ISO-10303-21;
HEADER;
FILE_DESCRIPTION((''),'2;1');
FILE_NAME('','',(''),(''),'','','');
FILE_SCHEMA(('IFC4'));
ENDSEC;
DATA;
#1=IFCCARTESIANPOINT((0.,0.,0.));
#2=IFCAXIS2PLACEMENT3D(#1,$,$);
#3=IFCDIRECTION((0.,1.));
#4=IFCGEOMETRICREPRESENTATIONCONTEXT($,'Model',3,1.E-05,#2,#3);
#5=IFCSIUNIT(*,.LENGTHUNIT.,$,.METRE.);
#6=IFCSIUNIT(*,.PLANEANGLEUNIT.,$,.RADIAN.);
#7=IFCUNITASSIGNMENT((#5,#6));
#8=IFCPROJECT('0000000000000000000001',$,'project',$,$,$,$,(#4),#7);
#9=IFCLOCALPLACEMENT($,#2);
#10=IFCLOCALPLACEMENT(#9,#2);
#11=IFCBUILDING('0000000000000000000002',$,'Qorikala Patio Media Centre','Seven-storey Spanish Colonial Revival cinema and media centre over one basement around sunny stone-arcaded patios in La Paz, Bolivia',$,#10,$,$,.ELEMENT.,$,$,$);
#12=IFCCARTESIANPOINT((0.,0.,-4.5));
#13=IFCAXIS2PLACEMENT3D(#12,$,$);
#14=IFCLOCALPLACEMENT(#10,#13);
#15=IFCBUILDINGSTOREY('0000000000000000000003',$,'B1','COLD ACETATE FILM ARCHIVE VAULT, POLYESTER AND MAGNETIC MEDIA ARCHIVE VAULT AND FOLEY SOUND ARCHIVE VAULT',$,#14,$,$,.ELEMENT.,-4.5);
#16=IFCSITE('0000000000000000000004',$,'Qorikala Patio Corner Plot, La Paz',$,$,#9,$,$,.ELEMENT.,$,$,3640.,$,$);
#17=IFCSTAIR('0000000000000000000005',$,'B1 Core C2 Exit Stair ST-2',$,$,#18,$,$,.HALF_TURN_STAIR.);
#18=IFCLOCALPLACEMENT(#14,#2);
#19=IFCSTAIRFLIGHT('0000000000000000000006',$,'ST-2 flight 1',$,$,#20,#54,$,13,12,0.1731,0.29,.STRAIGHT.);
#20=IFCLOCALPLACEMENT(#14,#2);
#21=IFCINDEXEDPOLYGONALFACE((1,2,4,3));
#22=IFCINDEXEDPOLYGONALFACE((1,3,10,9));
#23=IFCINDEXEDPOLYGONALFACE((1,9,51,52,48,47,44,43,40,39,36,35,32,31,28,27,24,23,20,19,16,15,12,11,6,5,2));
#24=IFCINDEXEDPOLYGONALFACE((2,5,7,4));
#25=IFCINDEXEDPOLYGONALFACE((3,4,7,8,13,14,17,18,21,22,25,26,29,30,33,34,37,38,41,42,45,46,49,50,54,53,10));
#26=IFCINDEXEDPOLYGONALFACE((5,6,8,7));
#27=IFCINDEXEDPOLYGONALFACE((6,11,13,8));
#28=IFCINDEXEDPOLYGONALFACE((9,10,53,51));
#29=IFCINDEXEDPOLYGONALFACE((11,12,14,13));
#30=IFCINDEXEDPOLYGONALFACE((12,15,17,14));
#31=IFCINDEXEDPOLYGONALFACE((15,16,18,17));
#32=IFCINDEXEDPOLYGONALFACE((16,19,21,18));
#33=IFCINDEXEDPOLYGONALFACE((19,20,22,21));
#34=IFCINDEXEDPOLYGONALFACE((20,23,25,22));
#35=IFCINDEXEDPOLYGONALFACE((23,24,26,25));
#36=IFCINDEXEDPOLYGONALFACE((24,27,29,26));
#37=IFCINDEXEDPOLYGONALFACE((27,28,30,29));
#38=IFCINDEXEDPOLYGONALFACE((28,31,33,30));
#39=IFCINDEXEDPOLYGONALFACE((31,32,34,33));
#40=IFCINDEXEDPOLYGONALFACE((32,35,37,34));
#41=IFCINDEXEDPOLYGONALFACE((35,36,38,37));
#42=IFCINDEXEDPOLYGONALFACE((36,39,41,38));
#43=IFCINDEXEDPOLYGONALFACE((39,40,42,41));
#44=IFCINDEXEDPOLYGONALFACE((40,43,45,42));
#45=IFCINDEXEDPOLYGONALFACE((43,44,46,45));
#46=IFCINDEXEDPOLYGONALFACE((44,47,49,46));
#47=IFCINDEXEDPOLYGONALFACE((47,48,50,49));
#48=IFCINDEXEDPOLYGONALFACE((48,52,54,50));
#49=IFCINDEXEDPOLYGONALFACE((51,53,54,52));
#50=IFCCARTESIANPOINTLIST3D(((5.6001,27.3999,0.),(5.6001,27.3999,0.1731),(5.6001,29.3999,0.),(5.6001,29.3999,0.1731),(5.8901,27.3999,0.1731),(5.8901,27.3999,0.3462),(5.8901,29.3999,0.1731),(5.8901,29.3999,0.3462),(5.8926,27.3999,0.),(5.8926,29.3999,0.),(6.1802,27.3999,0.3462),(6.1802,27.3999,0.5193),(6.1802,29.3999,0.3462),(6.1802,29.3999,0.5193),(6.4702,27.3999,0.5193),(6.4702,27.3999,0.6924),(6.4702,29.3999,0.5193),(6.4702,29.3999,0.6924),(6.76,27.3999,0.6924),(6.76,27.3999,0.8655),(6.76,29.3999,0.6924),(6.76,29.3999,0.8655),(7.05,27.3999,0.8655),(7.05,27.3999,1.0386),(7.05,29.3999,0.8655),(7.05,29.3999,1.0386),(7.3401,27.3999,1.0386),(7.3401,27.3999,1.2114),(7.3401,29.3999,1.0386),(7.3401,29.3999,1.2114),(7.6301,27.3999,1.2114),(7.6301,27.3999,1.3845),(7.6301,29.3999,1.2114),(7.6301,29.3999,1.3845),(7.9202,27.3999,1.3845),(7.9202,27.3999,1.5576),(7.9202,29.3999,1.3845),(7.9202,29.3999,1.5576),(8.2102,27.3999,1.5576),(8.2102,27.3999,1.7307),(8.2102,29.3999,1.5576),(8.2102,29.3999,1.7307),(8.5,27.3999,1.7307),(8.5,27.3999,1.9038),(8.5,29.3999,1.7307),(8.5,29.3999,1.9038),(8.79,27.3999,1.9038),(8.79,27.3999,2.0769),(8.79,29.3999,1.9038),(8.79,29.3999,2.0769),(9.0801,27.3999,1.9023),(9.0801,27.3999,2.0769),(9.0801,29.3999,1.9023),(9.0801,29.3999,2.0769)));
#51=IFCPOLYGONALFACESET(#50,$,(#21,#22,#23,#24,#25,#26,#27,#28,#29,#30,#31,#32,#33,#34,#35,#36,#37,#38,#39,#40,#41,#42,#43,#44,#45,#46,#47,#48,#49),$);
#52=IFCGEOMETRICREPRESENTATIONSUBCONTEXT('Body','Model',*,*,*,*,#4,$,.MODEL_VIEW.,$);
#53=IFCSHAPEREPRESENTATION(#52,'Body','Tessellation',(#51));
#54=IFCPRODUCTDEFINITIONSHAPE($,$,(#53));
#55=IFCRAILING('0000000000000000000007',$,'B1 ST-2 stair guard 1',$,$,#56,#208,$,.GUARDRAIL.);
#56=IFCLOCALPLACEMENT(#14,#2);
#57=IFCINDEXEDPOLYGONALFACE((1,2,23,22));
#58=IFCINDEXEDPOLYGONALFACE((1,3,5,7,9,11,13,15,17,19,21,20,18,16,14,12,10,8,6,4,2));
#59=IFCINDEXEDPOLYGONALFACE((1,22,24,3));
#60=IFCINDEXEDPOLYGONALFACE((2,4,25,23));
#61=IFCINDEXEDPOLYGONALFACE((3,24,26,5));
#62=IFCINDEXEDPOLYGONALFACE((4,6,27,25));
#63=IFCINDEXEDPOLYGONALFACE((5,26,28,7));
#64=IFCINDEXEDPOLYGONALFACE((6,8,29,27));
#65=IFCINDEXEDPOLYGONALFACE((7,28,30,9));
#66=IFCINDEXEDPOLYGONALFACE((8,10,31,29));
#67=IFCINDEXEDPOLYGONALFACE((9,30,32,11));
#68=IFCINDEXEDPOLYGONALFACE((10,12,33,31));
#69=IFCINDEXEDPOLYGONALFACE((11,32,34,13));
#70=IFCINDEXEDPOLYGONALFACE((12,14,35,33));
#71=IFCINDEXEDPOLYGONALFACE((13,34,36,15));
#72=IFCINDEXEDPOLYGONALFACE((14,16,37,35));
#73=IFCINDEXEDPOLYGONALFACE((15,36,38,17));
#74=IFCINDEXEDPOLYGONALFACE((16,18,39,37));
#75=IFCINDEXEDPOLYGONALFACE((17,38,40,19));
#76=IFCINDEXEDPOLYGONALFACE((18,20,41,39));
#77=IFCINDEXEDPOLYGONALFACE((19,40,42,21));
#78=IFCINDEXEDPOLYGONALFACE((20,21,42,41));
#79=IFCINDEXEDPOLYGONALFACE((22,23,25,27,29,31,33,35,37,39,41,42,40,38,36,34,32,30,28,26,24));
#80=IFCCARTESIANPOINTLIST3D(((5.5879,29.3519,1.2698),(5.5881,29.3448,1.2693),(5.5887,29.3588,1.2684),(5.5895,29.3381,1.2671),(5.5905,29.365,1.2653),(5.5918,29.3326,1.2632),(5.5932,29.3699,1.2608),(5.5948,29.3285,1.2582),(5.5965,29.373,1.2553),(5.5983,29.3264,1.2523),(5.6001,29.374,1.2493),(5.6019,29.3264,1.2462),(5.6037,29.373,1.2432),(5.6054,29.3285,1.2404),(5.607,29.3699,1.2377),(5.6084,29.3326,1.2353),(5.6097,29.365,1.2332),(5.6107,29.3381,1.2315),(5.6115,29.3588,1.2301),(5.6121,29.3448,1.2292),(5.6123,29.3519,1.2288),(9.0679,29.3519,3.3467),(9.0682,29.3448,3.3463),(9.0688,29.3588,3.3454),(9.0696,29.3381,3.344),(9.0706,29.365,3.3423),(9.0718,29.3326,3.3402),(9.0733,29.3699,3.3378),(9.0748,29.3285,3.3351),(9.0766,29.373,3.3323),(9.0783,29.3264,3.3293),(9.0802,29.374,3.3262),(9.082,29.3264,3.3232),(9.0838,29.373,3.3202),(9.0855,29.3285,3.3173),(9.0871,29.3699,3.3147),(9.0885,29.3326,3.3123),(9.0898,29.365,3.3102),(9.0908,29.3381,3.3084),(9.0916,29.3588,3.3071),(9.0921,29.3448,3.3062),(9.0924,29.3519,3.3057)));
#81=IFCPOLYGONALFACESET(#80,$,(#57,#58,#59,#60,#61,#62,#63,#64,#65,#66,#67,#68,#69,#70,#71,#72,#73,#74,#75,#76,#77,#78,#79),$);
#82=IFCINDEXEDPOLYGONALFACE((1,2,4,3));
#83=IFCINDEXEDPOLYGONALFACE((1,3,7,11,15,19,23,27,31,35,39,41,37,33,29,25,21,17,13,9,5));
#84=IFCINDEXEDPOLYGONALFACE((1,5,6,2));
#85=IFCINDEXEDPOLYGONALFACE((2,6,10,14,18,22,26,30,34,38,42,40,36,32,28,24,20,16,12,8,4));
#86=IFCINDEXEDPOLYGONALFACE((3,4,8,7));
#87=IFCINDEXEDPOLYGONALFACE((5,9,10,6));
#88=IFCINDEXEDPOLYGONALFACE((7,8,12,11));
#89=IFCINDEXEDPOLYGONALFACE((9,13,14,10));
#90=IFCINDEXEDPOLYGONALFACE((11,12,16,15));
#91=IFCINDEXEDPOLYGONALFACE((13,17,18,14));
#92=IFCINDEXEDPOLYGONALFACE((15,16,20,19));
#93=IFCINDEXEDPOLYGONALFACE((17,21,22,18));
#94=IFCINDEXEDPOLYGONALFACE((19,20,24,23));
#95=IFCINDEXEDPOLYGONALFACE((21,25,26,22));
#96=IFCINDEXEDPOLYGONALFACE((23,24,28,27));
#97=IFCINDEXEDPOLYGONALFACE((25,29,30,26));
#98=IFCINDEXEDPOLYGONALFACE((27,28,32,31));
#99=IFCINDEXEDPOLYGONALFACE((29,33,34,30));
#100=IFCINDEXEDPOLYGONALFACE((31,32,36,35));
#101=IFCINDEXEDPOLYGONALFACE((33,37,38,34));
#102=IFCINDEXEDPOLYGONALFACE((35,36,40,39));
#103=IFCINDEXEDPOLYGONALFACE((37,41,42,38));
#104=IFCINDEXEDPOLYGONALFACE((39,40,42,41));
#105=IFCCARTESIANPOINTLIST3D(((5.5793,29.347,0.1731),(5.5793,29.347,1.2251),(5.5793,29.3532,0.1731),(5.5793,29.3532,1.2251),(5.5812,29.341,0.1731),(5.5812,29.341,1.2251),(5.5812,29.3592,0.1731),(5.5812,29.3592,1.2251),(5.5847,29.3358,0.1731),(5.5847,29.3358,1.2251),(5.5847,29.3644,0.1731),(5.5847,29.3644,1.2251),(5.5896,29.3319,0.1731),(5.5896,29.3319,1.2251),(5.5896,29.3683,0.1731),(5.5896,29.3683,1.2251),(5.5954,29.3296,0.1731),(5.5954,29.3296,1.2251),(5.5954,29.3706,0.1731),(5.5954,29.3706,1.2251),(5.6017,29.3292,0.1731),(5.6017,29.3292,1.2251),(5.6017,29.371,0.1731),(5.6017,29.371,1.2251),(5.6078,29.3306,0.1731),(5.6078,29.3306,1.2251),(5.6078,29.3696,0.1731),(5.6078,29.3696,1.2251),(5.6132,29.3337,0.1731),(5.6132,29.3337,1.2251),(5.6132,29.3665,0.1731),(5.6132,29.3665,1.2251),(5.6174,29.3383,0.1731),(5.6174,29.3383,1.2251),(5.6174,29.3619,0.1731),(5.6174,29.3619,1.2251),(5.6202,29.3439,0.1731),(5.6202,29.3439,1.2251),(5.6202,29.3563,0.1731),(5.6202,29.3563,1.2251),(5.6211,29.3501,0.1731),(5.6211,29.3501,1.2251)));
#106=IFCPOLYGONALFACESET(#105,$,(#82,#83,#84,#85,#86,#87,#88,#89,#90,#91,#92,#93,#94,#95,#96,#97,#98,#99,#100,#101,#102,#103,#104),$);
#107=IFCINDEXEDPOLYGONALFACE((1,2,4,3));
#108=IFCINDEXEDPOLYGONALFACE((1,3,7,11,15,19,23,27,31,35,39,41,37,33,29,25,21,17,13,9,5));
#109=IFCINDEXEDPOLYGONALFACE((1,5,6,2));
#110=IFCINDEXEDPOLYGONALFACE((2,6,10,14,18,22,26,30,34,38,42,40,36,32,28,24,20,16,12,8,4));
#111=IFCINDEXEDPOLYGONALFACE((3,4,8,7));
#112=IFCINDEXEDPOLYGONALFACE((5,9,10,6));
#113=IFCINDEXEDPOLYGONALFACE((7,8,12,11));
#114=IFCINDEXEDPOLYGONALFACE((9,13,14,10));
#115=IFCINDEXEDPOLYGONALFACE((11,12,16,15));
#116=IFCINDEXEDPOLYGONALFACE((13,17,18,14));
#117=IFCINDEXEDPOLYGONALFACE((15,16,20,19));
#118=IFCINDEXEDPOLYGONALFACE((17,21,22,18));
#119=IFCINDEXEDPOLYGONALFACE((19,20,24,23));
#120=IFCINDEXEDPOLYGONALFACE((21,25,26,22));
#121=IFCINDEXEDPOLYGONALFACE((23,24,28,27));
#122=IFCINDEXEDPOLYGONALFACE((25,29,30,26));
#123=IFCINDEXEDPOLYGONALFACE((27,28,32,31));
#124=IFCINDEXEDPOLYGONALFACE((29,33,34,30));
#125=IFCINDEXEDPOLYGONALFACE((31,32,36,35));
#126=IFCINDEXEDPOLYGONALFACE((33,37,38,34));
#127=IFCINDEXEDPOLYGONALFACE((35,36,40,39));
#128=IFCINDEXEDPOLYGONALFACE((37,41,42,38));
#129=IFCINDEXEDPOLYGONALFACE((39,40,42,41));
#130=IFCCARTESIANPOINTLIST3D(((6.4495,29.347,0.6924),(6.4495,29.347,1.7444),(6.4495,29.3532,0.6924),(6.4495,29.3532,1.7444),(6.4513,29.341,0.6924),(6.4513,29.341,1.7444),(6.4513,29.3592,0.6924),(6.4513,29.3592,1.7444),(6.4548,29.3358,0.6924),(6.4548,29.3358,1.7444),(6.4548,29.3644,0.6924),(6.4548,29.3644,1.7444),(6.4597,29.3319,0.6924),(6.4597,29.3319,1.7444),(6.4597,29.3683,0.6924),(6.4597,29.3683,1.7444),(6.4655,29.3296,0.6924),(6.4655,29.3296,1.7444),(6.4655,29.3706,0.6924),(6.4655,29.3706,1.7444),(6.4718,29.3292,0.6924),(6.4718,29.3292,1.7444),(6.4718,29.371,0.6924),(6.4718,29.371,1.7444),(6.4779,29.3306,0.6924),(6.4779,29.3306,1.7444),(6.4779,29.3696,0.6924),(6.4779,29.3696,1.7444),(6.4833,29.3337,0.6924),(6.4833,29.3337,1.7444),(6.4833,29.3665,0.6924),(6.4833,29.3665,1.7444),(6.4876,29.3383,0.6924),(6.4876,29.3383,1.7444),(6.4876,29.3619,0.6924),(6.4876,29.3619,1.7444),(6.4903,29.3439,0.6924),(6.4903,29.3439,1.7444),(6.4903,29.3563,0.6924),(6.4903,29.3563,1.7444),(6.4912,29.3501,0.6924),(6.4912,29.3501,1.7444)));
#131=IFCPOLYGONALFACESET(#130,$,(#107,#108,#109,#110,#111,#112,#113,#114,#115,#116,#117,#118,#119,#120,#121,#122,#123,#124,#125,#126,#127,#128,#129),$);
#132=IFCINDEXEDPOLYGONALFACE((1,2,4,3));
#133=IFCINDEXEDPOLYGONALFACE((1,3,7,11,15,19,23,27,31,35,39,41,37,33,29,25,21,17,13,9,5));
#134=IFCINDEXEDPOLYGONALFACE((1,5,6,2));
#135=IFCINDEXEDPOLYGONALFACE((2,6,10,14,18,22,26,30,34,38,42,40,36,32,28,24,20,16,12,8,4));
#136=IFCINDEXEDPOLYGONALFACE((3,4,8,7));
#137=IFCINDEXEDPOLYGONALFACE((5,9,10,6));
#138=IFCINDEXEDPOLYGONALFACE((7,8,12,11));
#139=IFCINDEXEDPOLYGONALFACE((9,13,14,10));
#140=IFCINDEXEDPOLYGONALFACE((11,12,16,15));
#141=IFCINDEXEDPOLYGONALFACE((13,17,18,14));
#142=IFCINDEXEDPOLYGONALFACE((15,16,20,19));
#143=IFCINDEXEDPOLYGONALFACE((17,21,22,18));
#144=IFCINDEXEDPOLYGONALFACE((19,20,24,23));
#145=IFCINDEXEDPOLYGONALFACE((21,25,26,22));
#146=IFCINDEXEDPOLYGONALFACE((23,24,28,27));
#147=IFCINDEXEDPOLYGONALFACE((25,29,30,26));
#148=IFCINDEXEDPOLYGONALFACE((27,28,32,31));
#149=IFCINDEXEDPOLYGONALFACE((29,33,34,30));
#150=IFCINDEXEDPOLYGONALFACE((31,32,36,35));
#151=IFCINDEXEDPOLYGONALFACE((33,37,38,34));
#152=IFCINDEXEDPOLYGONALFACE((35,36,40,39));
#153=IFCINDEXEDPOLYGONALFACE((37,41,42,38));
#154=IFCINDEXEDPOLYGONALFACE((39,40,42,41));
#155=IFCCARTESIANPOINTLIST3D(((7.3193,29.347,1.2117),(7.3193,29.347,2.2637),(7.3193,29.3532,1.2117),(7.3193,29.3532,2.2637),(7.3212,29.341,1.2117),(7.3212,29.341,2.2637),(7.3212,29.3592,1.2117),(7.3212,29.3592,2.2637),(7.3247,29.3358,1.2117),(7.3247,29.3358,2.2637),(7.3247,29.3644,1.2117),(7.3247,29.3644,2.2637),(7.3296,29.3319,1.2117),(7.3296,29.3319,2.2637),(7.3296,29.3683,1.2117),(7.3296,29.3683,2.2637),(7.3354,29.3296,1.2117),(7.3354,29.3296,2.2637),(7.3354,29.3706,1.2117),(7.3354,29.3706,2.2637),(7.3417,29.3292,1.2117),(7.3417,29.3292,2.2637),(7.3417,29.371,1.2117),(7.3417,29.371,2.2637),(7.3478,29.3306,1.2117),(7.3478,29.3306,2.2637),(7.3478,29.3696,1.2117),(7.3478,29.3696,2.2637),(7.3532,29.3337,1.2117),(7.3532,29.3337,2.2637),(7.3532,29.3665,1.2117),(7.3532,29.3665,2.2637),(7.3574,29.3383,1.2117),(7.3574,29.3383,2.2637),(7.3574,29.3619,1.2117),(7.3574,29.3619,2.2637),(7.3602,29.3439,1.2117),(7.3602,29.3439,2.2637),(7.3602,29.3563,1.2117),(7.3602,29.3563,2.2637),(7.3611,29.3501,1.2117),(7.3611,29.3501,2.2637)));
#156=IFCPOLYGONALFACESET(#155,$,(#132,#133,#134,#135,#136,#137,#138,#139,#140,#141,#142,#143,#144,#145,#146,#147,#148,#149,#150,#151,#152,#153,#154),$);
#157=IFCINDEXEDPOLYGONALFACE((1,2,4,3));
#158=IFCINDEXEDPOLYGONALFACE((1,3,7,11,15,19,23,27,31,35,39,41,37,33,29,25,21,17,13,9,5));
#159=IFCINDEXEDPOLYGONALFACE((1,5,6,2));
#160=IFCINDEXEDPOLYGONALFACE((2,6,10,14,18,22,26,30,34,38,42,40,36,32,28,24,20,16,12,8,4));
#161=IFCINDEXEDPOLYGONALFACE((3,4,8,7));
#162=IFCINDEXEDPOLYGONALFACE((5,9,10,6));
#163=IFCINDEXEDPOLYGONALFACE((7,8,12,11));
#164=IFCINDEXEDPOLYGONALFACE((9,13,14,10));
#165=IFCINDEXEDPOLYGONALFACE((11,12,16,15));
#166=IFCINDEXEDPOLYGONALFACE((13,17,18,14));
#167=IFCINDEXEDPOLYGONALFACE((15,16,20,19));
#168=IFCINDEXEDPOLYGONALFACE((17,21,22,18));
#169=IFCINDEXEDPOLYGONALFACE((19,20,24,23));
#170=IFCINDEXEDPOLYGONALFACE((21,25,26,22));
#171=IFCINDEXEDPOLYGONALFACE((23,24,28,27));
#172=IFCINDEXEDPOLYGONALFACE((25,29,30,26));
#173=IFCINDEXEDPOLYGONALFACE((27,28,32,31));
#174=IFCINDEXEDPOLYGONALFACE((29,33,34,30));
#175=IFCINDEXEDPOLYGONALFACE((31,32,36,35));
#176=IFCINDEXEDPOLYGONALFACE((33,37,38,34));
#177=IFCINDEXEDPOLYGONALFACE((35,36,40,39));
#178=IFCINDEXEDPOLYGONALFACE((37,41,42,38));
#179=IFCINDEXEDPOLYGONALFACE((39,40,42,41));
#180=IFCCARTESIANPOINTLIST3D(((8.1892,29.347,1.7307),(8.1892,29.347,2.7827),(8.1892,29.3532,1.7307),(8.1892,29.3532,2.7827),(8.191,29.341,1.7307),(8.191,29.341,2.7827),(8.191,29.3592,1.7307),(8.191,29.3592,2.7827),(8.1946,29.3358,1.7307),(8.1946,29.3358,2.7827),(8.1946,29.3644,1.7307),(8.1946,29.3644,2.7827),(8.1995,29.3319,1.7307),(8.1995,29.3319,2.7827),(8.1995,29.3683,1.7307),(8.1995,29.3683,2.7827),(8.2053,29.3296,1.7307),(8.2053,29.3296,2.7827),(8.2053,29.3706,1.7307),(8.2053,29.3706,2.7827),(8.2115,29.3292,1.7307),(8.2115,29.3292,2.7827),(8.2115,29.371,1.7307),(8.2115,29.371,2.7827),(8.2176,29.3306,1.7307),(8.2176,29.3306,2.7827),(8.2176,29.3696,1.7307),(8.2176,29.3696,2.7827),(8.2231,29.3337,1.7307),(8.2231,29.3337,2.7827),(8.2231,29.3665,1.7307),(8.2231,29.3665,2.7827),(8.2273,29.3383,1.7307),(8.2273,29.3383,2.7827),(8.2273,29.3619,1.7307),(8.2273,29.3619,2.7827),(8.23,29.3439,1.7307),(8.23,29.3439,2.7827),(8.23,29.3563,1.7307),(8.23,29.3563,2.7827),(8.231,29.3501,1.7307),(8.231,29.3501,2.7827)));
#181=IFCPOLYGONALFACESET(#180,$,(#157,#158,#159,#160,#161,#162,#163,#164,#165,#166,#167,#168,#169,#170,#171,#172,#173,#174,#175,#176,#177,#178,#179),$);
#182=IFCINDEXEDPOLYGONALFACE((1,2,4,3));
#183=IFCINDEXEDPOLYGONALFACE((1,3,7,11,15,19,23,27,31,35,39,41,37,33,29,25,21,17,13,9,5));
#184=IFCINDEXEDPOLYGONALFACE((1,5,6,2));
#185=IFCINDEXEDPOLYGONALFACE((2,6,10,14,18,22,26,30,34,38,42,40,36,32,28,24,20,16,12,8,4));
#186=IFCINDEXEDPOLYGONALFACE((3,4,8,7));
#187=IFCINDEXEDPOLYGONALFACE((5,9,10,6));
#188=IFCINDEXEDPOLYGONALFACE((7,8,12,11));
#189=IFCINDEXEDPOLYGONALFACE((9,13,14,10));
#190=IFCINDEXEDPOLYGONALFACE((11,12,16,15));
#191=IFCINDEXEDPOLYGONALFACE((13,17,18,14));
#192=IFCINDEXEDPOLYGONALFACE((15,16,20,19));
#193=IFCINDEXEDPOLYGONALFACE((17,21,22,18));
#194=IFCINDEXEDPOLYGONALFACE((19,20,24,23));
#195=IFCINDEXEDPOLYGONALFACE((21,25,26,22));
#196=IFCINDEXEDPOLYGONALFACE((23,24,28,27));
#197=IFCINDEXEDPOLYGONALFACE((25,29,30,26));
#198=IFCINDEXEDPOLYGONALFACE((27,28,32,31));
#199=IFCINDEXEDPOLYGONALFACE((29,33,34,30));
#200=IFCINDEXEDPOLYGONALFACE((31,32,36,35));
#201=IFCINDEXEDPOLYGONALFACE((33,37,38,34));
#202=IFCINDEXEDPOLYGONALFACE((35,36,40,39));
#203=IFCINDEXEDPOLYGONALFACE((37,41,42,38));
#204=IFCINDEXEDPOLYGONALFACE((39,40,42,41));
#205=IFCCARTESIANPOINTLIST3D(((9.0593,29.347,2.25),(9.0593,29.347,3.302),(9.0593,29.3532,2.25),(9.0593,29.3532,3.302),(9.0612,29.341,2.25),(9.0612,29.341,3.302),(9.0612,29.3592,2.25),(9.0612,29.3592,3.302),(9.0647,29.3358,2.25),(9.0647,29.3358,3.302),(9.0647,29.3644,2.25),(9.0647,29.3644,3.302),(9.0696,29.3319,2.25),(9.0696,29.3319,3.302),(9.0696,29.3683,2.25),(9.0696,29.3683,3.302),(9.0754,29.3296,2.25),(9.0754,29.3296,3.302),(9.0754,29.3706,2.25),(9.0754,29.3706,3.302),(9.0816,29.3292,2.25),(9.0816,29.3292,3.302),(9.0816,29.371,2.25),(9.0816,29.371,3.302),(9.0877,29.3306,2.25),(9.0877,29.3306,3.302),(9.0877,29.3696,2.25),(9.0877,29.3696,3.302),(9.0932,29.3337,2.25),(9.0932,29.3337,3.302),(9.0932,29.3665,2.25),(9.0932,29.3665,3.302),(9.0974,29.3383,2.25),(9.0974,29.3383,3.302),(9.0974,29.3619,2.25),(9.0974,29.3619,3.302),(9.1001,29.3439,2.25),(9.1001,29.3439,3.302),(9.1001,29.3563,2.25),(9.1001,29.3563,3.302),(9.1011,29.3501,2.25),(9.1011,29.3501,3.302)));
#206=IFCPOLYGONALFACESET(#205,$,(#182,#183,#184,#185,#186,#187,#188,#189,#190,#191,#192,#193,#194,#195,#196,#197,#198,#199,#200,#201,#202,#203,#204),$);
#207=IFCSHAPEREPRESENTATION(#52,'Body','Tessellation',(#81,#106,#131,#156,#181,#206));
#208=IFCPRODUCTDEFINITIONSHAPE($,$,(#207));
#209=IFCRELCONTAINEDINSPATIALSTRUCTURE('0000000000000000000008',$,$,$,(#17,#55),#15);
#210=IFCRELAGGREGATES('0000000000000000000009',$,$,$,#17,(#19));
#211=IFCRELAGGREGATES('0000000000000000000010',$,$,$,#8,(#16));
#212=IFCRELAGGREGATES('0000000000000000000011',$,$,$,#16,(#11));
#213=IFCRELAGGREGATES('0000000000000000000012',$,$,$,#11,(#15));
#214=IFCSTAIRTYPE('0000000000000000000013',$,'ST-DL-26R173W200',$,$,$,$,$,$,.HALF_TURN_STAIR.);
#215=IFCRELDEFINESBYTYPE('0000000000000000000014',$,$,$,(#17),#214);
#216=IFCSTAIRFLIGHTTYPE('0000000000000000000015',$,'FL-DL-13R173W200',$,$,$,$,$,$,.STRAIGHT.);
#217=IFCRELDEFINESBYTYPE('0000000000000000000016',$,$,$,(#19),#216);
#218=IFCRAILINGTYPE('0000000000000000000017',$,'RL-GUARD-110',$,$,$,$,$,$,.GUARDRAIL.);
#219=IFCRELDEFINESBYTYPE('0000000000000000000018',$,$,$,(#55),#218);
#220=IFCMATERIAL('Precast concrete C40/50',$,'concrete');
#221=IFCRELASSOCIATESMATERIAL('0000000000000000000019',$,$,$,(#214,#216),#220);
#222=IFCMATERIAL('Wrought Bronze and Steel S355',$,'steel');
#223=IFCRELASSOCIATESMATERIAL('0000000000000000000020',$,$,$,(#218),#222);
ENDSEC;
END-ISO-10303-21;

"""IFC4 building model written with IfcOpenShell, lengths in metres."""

from ifc_helpers import new_model, si_unit, direction, frame, origin, origin_2d, place, context, subcontext, project, spatial, polyline, circle, outline, extrude, material, type_object, element, aggregate, save


model = new_model("IFC4")

# Units and contexts
model_context = context("Model", 3, precision=1e-05, world=origin(), true_north=direction((0.0, 1.0)))
body_context = subcontext(model_context, "Body", "Model", "MODEL_VIEW")
ifc_project = project(units=[si_unit("LENGTHUNIT", "METRE"), si_unit("PLANEANGLEUNIT", "RADIAN")], contexts=[model_context])

# Site, building, storey
site_placement = place(None, origin())
site = spatial("IfcSite", under=ifc_project, at=site_placement, Name="Qorikala Patio Corner Plot, La Paz", CompositionType="ELEMENT", RefElevation=3640.0)
building_placement = place(site_placement, origin())
building = spatial("IfcBuilding", under=site, at=building_placement, Name="Qorikala Patio Media Centre", Description="Seven-storey Spanish Colonial Revival cinema and media centre over one basement around sunny stone-arcaded patios in La Paz, Bolivia", CompositionType="ELEMENT")
storey_placement = place(building_placement, frame((0.0, 0.0, -4.5)))
storey = spatial("IfcBuildingStorey", under=building, at=storey_placement, Name="B1", Description="COLD ACETATE FILM ARCHIVE VAULT, POLYESTER AND MAGNETIC MEDIA ARCHIVE VAULT AND FOLEY SOUND ARCHIVE VAULT", CompositionType="ELEMENT", Elevation=-4.5)

# Stair, stair flight
ifc_material_1 = material(Name="Precast concrete C40/50", Category="concrete")
stair_type = type_object("IfcStairType", Name="ST-DL-26R173W200", PredefinedType="HALF_TURN_STAIR", material=ifc_material_1)
stair_placement = place(storey_placement, origin())
stair = element("IfcStair", 1, at=stair_placement, inside=storey, type_object=stair_type, Name="B1 Core C2 Exit Stair ST-2", PredefinedType="HALF_TURN_STAIR")
stair_flight_type = type_object("IfcStairFlightType", Name="FL-DL-13R173W200", PredefinedType="STRAIGHT", material=ifc_material_1)
stair_flight_placement = place(storey_placement, frame((5.6001, 28.3999, 0.0), z_axis=(0.0, 0.0, 1.0), x_axis=(1.0, 0.0, 0.0)))
stair_flight = element("IfcStairFlight", 2, at=stair_flight_placement, type_object=stair_flight_type, Name="ST-2 flight 1", NumberOfRisers=13, NumberOfTreads=12, PredefinedType="STRAIGHT", RiserHeight=0.1731, TreadLength=0.29, context=body_context, shape_type="SweptSolid", body=[
    extrude(outline(polyline([(0.0, 0.0), (0.0, 0.1731), (0.29, 0.1731), (0.29, 0.3462), (0.5801, 0.3462), (0.5801, 0.5193), (0.8701, 0.5193), (0.8701, 0.6924), (1.1599, 0.6924), (1.1599, 0.8655), (1.45, 0.8655), (1.45, 1.0386), (1.74, 1.0386), (1.74, 1.2114), (2.03, 1.2114), (2.03, 1.3845), (2.3201, 1.3845), (2.3201, 1.5576), (2.6101, 1.5576), (2.6101, 1.7307), (2.8999, 1.7307), (2.8999, 1.9038), (3.1899, 1.9038), (3.1899, 2.0769), (3.48, 2.0769), (3.48, 2.25), (3.48, 1.9023), (0.2925, 0.0), (0.0, 0.0)])), frame((0.0, 1.0, 0.0), z_axis=(0.0, -1.0, 0.0), x_axis=(1.0, 0.0, 0.0)), (0.0, 0.0, 1.0), 2.0),
])
aggregate(stair, [stair_flight])

# Railing
ifc_material_2 = material(Name="Wrought Bronze and Steel S355", Category="steel")
railing_type_1 = type_object("IfcRailingType", Name="RL-GUARD-110", PredefinedType="GUARDRAIL", material=ifc_material_2)
railing_1_placement = place(storey_placement, frame((5.6001, 29.3501, 0.1731)))
element("IfcRailing", 3, at=railing_1_placement, inside=storey, type_object=railing_type_1, Name="B1 ST-2 stair guard 1", PredefinedType="GUARDRAIL", context=body_context, shape_type="SweptSolid", body=[
    extrude(circle(Radius=0.0239, at=origin_2d()), frame((0.0, 0.0, 1.0762), z_axis=(0.858697, 0.0, 0.512483), x_axis=(0.0, 1.0, 0.0)), (0.0, 0.0, 1.0), 4.0527),
    extrude(circle(Radius=0.021, at=origin_2d()), origin(), (0.0, 0.0, 1.0), 1.052),
    extrude(circle(Radius=0.021, at=origin_2d()), frame((0.8701, 0.0, 0.5193)), (0.0, 0.0, 1.0), 1.052),
    extrude(circle(Radius=0.021, at=origin_2d()), frame((1.74, 0.0, 1.0386)), (0.0, 0.0, 1.0), 1.052),
    extrude(circle(Radius=0.021, at=origin_2d()), frame((2.6099, 0.0, 1.5576)), (0.0, 0.0, 1.0), 1.052),
    extrude(circle(Radius=0.021, at=origin_2d()), frame((3.48, 0.0, 2.0769)), (0.0, 0.0, 1.0), 1.052),
])

save(model, "model.ifc")
